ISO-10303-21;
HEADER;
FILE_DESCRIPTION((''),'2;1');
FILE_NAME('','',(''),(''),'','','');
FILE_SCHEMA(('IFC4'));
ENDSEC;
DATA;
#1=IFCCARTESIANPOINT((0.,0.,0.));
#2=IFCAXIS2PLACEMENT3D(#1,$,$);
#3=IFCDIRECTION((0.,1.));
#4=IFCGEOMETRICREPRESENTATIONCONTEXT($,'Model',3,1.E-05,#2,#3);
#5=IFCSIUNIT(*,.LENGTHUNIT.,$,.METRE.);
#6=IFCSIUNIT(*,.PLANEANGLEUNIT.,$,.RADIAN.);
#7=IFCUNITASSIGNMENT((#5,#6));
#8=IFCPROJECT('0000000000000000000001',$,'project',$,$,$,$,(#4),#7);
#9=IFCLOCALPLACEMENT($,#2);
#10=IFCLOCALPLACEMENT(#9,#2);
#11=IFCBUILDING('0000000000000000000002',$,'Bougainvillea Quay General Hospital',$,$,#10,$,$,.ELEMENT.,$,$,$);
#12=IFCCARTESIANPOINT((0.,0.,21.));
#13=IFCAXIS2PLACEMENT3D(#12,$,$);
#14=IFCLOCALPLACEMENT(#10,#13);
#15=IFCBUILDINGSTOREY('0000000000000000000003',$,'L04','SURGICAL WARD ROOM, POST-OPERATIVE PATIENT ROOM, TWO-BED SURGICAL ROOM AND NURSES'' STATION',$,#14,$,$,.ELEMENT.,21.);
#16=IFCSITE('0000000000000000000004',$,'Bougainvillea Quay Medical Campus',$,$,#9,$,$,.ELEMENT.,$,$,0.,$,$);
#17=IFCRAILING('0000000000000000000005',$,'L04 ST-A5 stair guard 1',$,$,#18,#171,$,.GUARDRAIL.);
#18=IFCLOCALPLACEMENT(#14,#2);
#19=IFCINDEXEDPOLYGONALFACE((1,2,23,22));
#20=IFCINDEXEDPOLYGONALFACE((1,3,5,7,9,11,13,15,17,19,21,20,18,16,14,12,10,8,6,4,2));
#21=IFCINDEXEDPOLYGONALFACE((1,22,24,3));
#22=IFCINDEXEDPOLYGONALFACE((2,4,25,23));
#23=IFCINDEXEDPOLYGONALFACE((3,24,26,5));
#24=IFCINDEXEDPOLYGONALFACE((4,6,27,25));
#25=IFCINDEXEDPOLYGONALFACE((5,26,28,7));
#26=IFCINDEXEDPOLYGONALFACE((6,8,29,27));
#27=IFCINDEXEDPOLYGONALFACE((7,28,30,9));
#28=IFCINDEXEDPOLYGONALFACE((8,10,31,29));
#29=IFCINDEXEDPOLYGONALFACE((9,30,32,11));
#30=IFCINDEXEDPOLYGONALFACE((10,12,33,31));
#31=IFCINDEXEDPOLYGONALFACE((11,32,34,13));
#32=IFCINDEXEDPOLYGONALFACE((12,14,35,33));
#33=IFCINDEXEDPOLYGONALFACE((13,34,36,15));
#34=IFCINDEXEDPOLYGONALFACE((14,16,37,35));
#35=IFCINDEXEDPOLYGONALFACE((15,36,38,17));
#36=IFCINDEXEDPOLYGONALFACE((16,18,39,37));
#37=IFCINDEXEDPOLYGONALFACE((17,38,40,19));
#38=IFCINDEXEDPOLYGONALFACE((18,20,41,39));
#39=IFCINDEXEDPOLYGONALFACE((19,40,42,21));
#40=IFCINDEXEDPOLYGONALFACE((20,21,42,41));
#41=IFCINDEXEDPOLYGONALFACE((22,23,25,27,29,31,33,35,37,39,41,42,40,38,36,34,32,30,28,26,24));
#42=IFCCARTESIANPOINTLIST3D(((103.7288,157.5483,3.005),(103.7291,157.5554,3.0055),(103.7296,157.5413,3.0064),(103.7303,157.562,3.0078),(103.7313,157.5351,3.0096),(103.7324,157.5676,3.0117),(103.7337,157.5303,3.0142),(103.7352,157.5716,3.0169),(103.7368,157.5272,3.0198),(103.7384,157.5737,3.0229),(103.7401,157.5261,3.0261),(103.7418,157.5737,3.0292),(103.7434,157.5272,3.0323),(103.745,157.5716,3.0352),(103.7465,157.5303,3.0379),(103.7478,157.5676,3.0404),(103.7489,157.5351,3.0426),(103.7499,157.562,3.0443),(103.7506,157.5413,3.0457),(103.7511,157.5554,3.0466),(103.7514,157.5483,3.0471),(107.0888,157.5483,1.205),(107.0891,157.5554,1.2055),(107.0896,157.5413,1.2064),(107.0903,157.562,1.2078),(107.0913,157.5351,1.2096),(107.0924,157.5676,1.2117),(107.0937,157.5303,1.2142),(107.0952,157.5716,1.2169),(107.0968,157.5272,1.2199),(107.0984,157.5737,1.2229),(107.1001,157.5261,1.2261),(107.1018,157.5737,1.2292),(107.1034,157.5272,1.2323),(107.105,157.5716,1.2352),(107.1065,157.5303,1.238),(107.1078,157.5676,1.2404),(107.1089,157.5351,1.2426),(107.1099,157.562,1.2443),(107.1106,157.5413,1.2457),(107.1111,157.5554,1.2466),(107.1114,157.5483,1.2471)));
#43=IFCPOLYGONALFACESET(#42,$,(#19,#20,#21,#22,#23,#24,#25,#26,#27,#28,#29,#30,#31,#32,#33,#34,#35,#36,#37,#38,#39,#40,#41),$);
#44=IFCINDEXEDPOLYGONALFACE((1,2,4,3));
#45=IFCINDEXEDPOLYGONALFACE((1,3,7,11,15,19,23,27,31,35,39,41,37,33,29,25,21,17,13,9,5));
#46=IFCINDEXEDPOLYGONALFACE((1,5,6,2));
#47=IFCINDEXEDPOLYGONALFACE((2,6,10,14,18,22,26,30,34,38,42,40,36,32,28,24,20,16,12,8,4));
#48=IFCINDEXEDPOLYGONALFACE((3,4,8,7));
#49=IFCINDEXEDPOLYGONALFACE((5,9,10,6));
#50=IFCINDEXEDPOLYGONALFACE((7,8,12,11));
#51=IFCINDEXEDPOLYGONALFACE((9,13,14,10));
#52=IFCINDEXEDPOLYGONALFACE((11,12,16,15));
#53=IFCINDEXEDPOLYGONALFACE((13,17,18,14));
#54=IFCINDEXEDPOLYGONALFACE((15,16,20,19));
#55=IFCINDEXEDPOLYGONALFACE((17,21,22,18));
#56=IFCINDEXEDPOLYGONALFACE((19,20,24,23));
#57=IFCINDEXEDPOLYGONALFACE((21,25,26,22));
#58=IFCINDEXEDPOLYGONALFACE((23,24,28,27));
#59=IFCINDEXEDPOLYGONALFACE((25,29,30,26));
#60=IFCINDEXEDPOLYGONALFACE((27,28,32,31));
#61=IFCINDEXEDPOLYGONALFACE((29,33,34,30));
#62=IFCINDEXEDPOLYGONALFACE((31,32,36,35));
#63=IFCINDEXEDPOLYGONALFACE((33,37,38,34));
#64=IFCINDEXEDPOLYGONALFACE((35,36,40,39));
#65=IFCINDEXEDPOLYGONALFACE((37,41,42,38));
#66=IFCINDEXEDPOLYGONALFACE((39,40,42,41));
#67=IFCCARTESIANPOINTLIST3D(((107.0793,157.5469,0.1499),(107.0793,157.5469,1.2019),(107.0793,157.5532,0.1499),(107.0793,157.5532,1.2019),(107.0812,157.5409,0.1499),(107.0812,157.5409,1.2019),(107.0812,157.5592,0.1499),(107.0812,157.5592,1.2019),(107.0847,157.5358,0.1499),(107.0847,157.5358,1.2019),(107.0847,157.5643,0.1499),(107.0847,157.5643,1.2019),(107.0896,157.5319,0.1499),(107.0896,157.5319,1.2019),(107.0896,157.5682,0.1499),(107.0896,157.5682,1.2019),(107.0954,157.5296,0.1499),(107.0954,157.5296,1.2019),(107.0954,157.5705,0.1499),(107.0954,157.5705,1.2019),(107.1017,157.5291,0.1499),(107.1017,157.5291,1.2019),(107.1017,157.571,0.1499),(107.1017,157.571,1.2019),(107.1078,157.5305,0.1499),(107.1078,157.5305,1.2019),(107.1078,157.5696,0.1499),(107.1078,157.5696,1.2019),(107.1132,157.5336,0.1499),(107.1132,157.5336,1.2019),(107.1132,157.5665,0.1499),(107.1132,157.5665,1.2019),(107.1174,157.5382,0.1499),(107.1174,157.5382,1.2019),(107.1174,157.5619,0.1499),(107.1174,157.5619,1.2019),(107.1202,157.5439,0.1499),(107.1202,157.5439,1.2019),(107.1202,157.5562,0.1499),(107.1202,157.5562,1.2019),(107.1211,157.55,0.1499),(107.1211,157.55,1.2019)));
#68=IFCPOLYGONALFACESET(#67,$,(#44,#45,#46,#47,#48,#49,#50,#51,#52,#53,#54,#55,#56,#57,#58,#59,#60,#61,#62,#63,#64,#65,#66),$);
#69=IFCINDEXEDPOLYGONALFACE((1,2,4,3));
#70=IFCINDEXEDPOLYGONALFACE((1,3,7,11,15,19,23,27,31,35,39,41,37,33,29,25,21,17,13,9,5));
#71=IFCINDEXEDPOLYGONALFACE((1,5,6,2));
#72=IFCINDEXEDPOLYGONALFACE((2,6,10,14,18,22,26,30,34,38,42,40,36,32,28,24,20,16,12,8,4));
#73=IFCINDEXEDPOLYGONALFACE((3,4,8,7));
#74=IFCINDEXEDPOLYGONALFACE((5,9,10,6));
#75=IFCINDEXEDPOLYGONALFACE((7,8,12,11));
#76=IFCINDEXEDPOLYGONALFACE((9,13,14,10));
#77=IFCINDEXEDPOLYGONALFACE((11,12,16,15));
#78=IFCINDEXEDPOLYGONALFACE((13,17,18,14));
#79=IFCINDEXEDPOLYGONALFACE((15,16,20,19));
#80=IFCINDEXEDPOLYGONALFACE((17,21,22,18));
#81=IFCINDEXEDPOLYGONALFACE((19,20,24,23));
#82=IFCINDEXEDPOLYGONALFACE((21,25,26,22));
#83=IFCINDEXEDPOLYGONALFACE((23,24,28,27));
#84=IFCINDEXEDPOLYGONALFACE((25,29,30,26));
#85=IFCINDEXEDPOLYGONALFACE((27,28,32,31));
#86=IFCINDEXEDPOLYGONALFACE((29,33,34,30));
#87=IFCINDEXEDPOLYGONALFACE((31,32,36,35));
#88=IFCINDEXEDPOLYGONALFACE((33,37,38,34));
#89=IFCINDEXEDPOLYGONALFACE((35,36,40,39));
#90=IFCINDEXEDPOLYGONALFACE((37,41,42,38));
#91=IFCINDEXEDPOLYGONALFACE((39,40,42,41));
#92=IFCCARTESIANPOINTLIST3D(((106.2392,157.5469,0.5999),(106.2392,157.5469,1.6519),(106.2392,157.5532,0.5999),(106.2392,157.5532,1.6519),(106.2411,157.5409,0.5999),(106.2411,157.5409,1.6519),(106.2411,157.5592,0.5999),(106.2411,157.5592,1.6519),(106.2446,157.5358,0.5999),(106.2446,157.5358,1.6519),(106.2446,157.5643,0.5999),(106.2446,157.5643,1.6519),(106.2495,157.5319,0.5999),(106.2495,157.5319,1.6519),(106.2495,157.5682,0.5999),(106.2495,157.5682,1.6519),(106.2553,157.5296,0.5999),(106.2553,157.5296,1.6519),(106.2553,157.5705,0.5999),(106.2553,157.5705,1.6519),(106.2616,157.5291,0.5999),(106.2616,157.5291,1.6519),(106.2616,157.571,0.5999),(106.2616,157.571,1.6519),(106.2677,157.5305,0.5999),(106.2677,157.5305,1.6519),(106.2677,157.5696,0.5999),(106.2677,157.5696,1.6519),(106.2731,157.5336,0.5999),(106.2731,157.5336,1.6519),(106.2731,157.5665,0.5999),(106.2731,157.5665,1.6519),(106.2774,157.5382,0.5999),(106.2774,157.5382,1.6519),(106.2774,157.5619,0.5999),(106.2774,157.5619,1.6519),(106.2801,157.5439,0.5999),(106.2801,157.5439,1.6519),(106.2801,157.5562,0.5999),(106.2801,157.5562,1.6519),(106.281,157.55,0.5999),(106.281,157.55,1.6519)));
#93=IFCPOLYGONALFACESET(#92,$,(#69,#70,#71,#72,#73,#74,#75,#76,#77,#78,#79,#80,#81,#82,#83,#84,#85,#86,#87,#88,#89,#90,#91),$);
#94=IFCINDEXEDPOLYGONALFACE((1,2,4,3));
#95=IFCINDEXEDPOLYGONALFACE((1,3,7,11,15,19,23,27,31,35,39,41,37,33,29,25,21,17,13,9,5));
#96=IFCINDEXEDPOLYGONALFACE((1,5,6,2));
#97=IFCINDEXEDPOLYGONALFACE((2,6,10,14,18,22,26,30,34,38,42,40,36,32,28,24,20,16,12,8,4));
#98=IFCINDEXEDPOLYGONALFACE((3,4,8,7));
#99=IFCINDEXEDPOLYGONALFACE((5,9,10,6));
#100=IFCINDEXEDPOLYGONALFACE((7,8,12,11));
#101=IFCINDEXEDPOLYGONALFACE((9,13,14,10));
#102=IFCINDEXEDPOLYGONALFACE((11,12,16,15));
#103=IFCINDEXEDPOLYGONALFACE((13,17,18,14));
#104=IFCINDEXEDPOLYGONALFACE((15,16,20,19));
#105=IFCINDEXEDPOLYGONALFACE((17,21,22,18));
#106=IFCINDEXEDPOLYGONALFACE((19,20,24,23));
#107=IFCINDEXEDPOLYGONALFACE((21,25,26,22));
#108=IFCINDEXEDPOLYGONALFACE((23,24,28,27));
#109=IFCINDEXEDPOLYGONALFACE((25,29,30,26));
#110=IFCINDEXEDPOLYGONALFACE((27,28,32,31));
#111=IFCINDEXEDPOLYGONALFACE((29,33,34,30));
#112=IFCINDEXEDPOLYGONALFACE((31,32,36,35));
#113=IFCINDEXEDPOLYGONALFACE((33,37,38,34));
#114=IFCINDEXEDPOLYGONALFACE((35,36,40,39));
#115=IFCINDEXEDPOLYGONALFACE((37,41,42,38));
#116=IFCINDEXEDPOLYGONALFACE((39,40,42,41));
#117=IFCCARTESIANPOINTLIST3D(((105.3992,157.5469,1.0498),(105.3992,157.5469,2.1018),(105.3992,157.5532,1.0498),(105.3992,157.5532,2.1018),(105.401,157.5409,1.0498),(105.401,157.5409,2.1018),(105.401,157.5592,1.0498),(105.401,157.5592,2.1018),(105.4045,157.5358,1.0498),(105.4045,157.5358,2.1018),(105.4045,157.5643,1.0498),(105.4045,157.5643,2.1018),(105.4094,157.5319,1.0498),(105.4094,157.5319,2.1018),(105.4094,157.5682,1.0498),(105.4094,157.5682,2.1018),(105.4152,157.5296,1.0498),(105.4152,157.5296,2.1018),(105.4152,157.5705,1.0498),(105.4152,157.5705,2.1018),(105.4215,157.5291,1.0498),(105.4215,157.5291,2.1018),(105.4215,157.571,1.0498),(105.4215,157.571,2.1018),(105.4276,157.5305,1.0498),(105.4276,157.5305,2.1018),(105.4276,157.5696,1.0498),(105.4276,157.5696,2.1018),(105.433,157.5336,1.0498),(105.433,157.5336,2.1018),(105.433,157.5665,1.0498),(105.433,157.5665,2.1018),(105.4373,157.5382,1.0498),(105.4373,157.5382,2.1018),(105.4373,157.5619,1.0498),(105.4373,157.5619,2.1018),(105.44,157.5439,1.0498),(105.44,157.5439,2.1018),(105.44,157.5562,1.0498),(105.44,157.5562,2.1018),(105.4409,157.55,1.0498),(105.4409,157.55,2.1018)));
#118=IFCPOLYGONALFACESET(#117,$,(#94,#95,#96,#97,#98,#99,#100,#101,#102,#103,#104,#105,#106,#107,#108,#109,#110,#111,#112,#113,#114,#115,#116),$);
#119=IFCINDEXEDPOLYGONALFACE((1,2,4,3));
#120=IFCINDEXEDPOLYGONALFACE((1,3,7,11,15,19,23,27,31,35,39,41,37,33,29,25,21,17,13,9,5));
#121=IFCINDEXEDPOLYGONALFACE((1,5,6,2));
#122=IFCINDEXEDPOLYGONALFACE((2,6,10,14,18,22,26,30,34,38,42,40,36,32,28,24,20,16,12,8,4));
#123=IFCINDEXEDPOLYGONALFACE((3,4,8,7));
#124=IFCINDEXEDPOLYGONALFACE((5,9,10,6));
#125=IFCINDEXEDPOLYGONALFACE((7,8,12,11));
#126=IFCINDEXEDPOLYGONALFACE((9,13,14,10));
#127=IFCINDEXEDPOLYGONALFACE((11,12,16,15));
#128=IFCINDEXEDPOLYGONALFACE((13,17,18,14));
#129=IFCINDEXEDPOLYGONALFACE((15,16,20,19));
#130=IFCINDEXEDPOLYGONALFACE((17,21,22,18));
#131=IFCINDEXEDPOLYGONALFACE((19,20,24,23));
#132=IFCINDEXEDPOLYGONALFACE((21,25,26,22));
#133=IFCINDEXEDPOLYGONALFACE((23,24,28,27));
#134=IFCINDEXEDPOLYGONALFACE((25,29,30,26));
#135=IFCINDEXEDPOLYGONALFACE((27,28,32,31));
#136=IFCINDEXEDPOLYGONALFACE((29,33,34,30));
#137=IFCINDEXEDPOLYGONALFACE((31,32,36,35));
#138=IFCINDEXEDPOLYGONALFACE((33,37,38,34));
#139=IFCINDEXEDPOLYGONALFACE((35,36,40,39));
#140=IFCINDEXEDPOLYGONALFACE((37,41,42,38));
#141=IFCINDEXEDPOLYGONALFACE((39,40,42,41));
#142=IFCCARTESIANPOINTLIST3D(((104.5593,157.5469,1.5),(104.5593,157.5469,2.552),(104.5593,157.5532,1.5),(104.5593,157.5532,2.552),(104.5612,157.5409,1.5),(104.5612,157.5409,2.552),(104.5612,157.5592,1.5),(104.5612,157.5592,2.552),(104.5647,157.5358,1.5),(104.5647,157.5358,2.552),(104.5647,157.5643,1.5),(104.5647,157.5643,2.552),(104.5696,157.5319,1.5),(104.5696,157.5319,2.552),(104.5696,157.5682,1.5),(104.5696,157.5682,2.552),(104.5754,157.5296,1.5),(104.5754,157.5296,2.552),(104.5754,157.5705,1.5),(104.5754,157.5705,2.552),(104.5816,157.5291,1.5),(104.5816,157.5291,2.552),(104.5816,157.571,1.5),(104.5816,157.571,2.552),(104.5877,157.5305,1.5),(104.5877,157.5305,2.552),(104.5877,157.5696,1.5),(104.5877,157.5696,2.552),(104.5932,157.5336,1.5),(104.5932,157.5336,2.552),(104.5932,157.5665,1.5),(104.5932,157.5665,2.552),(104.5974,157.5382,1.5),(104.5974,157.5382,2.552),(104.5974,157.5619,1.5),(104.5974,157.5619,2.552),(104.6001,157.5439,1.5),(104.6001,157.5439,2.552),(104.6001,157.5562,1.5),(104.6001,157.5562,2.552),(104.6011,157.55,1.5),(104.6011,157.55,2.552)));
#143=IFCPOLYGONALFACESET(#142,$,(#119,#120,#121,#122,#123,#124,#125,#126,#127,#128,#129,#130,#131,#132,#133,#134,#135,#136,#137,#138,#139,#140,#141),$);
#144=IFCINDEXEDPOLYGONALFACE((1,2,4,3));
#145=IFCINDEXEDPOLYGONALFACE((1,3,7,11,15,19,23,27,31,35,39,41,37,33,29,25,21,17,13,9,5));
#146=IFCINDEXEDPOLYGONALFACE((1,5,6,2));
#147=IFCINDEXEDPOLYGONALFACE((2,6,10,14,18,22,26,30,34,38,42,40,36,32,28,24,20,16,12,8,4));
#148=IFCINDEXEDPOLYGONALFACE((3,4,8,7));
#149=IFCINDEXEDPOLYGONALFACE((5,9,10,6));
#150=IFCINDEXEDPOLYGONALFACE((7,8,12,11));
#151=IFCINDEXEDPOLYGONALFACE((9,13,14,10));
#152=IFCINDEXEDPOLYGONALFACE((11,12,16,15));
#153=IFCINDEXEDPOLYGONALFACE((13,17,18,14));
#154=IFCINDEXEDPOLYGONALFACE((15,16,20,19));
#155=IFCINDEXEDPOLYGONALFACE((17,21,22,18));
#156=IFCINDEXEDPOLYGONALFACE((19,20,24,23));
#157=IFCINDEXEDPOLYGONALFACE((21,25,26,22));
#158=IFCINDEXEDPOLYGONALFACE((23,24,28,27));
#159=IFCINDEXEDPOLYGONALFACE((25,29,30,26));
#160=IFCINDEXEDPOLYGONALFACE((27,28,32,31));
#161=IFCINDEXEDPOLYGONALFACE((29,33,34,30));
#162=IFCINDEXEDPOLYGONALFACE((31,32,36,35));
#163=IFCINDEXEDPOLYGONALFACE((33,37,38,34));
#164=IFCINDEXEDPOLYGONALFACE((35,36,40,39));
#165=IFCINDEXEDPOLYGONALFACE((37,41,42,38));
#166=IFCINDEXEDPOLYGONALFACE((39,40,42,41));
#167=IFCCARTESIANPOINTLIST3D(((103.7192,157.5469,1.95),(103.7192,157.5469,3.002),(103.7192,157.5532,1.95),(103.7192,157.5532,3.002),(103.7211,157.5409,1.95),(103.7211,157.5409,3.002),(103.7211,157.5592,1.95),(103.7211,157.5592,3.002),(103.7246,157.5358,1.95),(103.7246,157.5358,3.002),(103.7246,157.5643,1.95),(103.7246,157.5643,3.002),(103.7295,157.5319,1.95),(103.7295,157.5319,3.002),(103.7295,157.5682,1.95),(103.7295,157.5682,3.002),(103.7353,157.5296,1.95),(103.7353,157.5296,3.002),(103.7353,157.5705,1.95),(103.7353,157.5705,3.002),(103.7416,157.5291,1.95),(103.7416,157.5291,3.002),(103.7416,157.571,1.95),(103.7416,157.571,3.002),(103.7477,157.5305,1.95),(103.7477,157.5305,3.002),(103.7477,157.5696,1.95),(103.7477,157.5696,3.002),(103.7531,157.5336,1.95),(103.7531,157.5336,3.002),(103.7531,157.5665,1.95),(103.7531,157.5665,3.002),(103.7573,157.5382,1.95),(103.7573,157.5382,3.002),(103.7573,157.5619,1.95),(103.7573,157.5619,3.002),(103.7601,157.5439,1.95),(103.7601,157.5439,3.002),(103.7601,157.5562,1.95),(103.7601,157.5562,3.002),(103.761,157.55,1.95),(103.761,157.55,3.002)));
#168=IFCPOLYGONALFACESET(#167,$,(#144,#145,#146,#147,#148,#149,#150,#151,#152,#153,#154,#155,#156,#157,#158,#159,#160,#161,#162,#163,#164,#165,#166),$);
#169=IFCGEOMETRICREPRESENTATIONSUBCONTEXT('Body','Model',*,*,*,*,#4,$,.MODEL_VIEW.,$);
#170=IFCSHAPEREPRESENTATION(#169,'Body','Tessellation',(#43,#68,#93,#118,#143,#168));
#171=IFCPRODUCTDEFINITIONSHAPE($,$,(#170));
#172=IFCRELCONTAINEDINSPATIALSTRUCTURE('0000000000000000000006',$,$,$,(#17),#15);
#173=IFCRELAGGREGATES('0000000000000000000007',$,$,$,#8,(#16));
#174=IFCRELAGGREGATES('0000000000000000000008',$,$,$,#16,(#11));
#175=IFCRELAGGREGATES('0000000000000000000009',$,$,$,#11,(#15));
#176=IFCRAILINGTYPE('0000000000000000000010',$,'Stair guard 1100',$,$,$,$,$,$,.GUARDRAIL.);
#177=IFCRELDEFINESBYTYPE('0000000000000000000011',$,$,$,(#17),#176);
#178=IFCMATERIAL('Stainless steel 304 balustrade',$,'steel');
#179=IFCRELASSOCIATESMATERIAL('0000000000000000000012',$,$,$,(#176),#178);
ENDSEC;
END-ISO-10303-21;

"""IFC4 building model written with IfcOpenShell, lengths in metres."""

from ifc_helpers import new_model, si_unit, direction, frame, origin, origin_2d, place, context, subcontext, project, spatial, circle, extrude, material, type_object, element, save


model = new_model("IFC4")

# Units and contexts
model_context = context("Model", 3, precision=1e-05, world=origin(), true_north=direction((0.0, 1.0)))
body_context = subcontext(model_context, "Body", "Model", "MODEL_VIEW")
ifc_project = project(units=[si_unit("LENGTHUNIT", "METRE"), si_unit("PLANEANGLEUNIT", "RADIAN")], contexts=[model_context])

# Site, building, storey
site_placement = place(None, origin())
site = spatial("IfcSite", under=ifc_project, at=site_placement, Name="Bougainvillea Quay Medical Campus", CompositionType="ELEMENT", RefElevation=0.0)
building_placement = place(site_placement, origin())
building = spatial("IfcBuilding", under=site, at=building_placement, Name="Bougainvillea Quay General Hospital", CompositionType="ELEMENT")
storey_placement = place(building_placement, frame((0.0, 0.0, 21.0)))
storey = spatial("IfcBuildingStorey", under=building, at=storey_placement, Name="L04", Description="SURGICAL WARD ROOM, POST-OPERATIVE PATIENT ROOM, TWO-BED SURGICAL ROOM AND NURSES' STATION", CompositionType="ELEMENT", Elevation=21.0)

# Railing
ifc_material_1 = material(Name="Stainless steel 304 balustrade", Category="steel")
railing_type_1 = type_object("IfcRailingType", Name="Stair guard 1100", PredefinedType="GUARDRAIL", material=ifc_material_1)
railing_1_placement = place(storey_placement, frame((107.1001, 157.55, 0.1499)))
element("IfcRailing", 1, at=railing_1_placement, inside=storey, type_object=railing_type_1, Name="L04 ST-A5 stair guard 1", PredefinedType="GUARDRAIL", context=body_context, shape_type="SweptSolid", body=[
    extrude(circle(Radius=0.0239, at=origin_2d()), frame((0.0, 0.0, 1.0762), z_axis=(-0.881481, 0.0, 0.47222), x_axis=(0.0, -1.0, 0.0)), (0.0, 0.0, 1.0), 3.8118),
    extrude(circle(Radius=0.021, at=origin_2d()), origin(), (0.0, 0.0, 1.0), 1.052),
    extrude(circle(Radius=0.021, at=origin_2d()), frame((-0.8401, 0.0, 0.45)), (0.0, 0.0, 1.0), 1.052),
    extrude(circle(Radius=0.021, at=origin_2d()), frame((-1.6802, 0.0, 0.8999)), (0.0, 0.0, 1.0), 1.052),
    extrude(circle(Radius=0.021, at=origin_2d()), frame((-2.52, 0.0, 1.3501)), (0.0, 0.0, 1.0), 1.052),
    extrude(circle(Radius=0.021, at=origin_2d()), frame((-3.3601, 0.0, 1.8)), (0.0, 0.0, 1.0), 1.052),
])

save(model, "model.ifc")
